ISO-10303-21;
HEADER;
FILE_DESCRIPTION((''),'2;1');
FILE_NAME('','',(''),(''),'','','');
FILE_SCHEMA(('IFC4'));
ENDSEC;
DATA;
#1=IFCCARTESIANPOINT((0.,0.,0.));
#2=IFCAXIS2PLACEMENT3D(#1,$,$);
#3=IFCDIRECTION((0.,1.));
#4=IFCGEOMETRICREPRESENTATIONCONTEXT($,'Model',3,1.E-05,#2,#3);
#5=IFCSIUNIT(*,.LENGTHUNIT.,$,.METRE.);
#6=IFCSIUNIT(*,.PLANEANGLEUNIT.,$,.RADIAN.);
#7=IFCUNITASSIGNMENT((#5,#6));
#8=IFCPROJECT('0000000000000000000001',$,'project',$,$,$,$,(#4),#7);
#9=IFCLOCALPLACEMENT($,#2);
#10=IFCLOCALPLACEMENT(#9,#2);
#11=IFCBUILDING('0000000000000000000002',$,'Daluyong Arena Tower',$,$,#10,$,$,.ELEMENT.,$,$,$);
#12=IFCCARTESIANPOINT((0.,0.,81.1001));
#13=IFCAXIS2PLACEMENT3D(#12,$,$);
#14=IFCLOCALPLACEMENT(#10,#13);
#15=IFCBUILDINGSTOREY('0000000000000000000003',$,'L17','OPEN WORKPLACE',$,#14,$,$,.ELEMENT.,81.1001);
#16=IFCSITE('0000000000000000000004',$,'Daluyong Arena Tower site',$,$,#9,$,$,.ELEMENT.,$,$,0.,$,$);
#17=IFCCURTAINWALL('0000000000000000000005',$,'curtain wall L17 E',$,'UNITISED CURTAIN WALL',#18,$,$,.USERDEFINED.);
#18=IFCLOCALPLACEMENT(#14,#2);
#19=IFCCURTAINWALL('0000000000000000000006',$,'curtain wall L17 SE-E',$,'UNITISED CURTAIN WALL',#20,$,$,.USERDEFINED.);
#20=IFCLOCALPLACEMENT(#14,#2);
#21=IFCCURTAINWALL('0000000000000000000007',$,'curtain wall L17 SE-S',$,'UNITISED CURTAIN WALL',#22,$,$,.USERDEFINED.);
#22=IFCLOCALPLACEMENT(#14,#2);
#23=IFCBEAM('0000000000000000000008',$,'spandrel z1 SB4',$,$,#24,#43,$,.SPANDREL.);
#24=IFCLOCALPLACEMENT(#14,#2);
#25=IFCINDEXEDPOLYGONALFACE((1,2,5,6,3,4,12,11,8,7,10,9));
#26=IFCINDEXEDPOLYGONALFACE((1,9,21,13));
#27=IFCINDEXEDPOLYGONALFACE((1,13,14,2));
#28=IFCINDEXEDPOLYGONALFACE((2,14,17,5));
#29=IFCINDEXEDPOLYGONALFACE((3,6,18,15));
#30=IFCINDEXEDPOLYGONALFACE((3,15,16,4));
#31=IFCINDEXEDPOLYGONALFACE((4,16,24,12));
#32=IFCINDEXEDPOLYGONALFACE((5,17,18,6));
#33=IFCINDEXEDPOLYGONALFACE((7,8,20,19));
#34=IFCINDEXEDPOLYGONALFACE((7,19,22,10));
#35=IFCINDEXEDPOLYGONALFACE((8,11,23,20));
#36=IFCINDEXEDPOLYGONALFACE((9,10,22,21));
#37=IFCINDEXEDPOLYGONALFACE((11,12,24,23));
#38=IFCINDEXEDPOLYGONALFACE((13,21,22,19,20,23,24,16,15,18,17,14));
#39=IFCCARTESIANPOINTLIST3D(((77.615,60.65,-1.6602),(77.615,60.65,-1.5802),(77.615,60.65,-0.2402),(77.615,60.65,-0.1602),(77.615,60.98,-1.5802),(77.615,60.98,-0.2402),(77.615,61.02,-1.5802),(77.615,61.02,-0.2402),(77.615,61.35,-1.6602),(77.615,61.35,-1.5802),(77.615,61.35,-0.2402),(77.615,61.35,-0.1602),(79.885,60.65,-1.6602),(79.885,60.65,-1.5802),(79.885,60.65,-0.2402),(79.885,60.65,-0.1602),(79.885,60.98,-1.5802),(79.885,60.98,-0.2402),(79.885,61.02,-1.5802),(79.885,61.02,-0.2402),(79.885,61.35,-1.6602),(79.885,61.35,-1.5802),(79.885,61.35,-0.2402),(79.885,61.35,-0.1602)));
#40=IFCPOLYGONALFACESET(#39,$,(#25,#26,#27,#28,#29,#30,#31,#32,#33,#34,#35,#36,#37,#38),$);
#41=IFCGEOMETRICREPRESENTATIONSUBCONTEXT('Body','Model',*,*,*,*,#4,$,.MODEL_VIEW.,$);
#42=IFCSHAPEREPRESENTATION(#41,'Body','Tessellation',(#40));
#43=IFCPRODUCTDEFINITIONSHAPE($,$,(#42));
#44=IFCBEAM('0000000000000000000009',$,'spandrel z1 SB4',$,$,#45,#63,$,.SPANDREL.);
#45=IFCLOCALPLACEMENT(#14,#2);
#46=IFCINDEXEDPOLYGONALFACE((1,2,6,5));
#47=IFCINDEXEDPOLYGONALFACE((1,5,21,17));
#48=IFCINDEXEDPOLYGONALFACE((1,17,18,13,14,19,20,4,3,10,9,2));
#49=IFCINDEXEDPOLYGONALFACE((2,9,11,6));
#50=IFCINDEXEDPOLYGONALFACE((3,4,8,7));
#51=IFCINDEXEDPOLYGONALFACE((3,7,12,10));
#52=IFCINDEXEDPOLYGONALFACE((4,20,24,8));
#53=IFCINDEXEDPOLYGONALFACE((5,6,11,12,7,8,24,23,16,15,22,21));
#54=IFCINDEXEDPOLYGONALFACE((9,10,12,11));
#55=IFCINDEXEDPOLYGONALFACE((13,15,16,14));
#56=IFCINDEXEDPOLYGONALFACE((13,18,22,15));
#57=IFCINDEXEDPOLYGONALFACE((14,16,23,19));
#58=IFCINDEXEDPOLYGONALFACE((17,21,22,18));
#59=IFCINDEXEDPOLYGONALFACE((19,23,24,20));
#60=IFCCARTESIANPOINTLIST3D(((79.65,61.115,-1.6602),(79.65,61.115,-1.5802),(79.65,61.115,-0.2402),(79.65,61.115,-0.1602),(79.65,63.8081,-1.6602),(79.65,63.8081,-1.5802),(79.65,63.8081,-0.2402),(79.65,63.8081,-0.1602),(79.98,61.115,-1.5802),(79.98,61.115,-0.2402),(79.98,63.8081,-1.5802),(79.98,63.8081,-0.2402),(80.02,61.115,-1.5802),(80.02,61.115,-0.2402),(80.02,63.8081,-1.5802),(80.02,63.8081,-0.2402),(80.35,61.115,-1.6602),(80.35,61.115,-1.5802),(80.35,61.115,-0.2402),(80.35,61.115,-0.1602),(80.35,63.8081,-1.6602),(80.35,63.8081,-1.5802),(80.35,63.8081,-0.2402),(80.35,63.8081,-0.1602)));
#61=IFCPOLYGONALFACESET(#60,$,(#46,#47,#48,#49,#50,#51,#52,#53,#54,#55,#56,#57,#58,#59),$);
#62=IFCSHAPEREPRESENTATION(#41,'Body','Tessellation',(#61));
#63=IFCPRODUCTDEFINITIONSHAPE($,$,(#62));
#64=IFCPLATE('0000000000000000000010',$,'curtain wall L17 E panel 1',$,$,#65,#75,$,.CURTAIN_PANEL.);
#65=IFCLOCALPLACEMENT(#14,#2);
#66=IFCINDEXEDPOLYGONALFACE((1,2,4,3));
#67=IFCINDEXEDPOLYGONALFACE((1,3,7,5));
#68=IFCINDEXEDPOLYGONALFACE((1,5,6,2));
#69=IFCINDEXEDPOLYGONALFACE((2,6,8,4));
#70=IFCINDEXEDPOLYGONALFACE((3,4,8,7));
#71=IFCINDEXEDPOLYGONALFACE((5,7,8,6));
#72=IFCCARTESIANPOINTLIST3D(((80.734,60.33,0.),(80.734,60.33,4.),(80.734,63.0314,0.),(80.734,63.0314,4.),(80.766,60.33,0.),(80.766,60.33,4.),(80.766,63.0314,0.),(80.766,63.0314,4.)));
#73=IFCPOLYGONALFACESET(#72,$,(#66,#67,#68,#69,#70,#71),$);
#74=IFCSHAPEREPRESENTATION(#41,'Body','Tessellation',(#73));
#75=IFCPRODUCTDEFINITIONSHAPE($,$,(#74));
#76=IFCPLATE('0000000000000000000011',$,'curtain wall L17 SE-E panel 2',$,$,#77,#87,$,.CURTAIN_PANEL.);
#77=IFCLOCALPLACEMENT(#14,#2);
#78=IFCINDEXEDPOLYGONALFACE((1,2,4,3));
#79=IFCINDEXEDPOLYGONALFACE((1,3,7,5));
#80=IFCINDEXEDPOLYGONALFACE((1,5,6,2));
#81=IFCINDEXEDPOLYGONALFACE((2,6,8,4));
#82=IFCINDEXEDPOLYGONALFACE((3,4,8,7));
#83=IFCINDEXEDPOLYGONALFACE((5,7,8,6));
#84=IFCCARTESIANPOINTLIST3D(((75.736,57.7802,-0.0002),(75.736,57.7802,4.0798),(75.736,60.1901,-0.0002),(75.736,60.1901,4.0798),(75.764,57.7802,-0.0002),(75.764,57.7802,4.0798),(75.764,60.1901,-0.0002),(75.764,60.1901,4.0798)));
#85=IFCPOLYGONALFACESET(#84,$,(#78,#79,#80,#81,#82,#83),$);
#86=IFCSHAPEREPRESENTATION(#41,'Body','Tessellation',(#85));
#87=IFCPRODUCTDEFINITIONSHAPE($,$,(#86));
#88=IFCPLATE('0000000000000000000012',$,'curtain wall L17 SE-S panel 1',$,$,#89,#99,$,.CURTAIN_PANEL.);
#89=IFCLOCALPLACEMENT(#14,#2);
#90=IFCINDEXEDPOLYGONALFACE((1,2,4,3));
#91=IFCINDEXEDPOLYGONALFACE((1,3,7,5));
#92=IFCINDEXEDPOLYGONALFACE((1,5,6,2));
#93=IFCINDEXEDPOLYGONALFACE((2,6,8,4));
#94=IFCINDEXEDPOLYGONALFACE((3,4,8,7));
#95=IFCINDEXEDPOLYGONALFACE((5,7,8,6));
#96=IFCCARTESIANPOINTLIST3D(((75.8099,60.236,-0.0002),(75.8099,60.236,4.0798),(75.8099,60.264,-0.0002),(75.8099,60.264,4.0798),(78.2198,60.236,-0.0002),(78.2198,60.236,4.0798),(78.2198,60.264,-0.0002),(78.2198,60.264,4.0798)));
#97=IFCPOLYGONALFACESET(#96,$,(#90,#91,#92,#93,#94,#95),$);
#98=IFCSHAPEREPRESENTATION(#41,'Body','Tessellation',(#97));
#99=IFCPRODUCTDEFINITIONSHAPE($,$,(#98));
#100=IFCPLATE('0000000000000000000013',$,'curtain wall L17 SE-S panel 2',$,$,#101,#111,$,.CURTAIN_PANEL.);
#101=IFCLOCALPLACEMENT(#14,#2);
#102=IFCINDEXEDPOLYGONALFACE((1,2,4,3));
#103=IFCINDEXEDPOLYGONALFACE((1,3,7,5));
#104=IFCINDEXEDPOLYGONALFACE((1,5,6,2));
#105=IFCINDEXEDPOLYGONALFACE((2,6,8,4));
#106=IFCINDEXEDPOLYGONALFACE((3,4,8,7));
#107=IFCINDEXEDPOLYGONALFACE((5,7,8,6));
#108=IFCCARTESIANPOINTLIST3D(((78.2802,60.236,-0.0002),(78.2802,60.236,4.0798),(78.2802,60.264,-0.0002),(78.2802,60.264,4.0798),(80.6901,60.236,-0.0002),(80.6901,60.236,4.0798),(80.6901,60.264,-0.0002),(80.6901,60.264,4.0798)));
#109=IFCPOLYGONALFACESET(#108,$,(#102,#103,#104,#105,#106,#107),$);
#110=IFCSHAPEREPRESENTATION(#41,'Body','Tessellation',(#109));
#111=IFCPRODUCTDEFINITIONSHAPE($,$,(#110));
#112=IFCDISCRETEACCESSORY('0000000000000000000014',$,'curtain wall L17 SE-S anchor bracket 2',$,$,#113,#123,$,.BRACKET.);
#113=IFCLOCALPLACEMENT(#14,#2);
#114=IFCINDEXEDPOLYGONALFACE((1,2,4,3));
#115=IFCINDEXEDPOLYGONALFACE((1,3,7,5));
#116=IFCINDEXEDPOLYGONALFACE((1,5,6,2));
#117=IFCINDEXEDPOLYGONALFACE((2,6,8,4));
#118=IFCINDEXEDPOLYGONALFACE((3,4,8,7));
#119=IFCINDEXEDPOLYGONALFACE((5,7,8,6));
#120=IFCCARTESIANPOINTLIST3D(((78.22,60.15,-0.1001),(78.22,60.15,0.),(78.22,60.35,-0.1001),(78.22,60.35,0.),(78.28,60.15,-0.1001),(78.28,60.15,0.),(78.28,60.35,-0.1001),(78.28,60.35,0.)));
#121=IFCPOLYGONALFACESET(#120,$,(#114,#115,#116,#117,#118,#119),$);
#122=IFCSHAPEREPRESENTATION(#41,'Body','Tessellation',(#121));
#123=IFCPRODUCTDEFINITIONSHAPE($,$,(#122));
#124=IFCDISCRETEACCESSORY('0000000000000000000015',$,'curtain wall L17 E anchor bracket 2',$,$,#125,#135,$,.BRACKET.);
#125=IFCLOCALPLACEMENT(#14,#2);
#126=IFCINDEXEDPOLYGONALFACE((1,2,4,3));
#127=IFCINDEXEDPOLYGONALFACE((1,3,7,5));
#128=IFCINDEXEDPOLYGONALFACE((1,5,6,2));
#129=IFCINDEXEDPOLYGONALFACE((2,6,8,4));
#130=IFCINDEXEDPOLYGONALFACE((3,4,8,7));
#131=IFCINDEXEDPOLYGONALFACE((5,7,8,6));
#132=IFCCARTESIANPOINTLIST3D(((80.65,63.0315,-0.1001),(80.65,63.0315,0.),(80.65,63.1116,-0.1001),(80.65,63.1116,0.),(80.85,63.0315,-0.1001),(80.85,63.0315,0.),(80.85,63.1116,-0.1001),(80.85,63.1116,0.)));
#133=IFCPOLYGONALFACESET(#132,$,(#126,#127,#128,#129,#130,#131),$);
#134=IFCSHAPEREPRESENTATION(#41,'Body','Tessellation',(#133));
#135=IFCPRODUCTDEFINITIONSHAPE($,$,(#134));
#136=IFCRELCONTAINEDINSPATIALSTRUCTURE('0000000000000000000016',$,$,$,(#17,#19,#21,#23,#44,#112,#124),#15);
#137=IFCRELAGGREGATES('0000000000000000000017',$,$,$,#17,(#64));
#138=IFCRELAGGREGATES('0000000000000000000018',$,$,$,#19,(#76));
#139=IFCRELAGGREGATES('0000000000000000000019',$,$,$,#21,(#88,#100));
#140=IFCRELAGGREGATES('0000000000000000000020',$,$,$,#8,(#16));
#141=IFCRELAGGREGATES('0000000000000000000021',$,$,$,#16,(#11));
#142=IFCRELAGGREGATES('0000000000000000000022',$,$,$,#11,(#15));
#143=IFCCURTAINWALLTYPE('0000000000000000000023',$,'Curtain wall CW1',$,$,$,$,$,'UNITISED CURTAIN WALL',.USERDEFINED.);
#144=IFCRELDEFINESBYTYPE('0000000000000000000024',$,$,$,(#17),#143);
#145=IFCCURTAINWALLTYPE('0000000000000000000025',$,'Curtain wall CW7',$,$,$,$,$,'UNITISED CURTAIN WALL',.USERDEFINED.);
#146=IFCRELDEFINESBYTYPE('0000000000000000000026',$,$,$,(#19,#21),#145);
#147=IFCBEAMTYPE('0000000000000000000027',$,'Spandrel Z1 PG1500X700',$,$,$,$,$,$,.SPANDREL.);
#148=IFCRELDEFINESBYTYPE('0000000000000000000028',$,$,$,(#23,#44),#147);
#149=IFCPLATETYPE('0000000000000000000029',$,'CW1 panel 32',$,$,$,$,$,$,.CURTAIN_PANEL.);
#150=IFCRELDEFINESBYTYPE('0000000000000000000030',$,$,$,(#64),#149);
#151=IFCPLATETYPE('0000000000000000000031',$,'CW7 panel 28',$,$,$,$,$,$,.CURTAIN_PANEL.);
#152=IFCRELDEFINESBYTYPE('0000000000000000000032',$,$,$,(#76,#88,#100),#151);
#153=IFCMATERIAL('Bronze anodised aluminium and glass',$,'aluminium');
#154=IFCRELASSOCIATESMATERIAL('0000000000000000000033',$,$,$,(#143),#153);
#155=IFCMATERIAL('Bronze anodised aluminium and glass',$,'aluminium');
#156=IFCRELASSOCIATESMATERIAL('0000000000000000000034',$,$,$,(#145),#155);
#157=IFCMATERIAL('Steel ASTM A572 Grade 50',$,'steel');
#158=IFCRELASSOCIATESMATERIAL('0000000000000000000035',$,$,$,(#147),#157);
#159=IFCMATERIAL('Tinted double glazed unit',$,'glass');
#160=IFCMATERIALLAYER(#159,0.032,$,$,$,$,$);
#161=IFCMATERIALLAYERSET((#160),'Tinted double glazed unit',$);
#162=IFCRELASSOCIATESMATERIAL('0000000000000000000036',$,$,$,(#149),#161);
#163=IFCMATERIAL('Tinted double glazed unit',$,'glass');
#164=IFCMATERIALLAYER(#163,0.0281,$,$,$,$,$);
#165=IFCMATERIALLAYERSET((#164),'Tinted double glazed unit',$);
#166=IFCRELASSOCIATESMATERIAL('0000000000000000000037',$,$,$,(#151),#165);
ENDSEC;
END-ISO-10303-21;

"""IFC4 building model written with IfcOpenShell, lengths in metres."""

from ifc_helpers import new_model, si_unit, direction, frame, origin, origin_2d, place, context, subcontext, project, spatial, rectangle, i_section, extrude, material, layer, layer_set, material_profile, profile_set, type_object, element, aggregate, save


model = new_model("IFC4")

# Units and contexts
model_context = context("Model", 3, precision=1e-05, world=origin(), true_north=direction((0.0, 1.0)))
body_context = subcontext(model_context, "Body", "Model", "MODEL_VIEW")
ifc_project = project(units=[si_unit("LENGTHUNIT", "METRE"), si_unit("PLANEANGLEUNIT", "RADIAN")], contexts=[model_context])

# Site, building, storey
site_placement = place(None, origin())
site = spatial("IfcSite", under=ifc_project, at=site_placement, Name="Daluyong Arena Tower site", CompositionType="ELEMENT", RefElevation=0.0)
building_placement = place(site_placement, origin())
building = spatial("IfcBuilding", under=site, at=building_placement, Name="Daluyong Arena Tower", CompositionType="ELEMENT")
storey_placement = place(building_placement, frame((0.0, 0.0, 81.1001)))
storey = spatial("IfcBuildingStorey", under=building, at=storey_placement, Name="L17", Description="OPEN WORKPLACE", CompositionType="ELEMENT", Elevation=81.1001)

# Curtain walls
ifc_material_1 = material(Name="Bronze anodised aluminium and glass", Category="aluminium")
curtain_wall_type_1 = type_object("IfcCurtainWallType", Name="Curtain wall CW1", ElementType="UNITISED CURTAIN WALL", PredefinedType="USERDEFINED", material=ifc_material_1)
curtain_wall_1_placement = place(storey_placement, origin())
curtain_wall_1 = element("IfcCurtainWall", 1, at=curtain_wall_1_placement, inside=storey, type_object=curtain_wall_type_1, Name="curtain wall L17 E", ObjectType="UNITISED CURTAIN WALL", PredefinedType="USERDEFINED")
ifc_material_2 = material(Name="Bronze anodised aluminium and glass", Category="aluminium")
curtain_wall_type_2 = type_object("IfcCurtainWallType", Name="Curtain wall CW7", ElementType="UNITISED CURTAIN WALL", PredefinedType="USERDEFINED", material=ifc_material_2)
curtain_wall_2_placement = place(storey_placement, origin())
curtain_wall_2 = element("IfcCurtainWall", 2, at=curtain_wall_2_placement, inside=storey, type_object=curtain_wall_type_2, Name="curtain wall L17 SE-E", ObjectType="UNITISED CURTAIN WALL", PredefinedType="USERDEFINED")
curtain_wall_3_placement = place(storey_placement, origin())
curtain_wall_3 = element("IfcCurtainWall", 3, at=curtain_wall_3_placement, inside=storey, type_object=curtain_wall_type_2, Name="curtain wall L17 SE-S", ObjectType="UNITISED CURTAIN WALL", PredefinedType="USERDEFINED")

# Beams
ifc_material_3 = material(Name="Steel ASTM A572 Grade 50", Category="steel")
ifc_material_profile_1 = material_profile(ifc_material_3, i_section(OverallWidth=0.7, OverallDepth=1.5, WebThickness=0.04, FlangeThickness=0.08, at=origin_2d()))
ifc_profile_set_1 = profile_set([ifc_material_profile_1], Name="Steel ASTM A572 Grade 50")
beam_type = type_object("IfcBeamType", Name="Spandrel Z1 PG1500X700", PredefinedType="SPANDREL", material=ifc_profile_set_1)
beam_1_placement = place(storey_placement, frame((77.615, 61.0, -0.9102), z_axis=(1.0, 0.0, 0.0), x_axis=(0.0, 1.0, 0.0)))
element("IfcBeam", 4, at=beam_1_placement, inside=storey, type_object=beam_type, Name="spandrel z1 SB4", PredefinedType="SPANDREL", context=body_context, shape_type="SweptSolid", body=[
    extrude(i_section(OverallWidth=0.7, OverallDepth=1.5, WebThickness=0.04, FlangeThickness=0.08, at=origin_2d()), origin(), (0.0, 0.0, 1.0), 2.27),
])
beam_2_placement = place(storey_placement, frame((80.0, 61.115, -0.9102), z_axis=(0.0, 1.0, 0.0), x_axis=(-1.0, 0.0, 0.0)))
element("IfcBeam", 5, at=beam_2_placement, inside=storey, type_object=beam_type, Name="spandrel z1 SB4", PredefinedType="SPANDREL", context=body_context, shape_type="SweptSolid", body=[
    extrude(i_section(OverallWidth=0.7, OverallDepth=1.5, WebThickness=0.04, FlangeThickness=0.08, at=origin_2d()), origin(), (0.0, 0.0, 1.0), 2.6931),
])

# Plates
ifc_material_4 = material(Name="Tinted double glazed unit", Category="glass")
ifc_layer_1 = layer(ifc_material_4, 0.032)
ifc_layer_set_1 = layer_set([ifc_layer_1], Name="Tinted double glazed unit")
plate_type_1 = type_object("IfcPlateType", Name="CW1 panel 32", PredefinedType="CURTAIN_PANEL", material=ifc_layer_set_1)
plate_1_placement = place(storey_placement, frame((80.75, 61.6807, 0.0), z_axis=(0.0, 0.0, 1.0), x_axis=(0.0, 1.0, 0.0)))
plate_1 = element("IfcPlate", 6, at=plate_1_placement, type_object=plate_type_1, Name="curtain wall L17 E panel 1", PredefinedType="CURTAIN_PANEL", context=body_context, shape_type="SweptSolid", body=[
    extrude(rectangle(XDim=2.7014, YDim=0.032, at=origin_2d()), origin(), (0.0, 0.0, 1.0), 4.0),
])
aggregate(curtain_wall_1, [plate_1])
ifc_material_5 = material(Name="Tinted double glazed unit", Category="glass")
ifc_layer_2 = layer(ifc_material_5, 0.0281)
ifc_layer_set_2 = layer_set([ifc_layer_2], Name="Tinted double glazed unit")
plate_type_2 = type_object("IfcPlateType", Name="CW7 panel 28", PredefinedType="CURTAIN_PANEL", material=ifc_layer_set_2)
plate_2_placement = place(storey_placement, frame((75.75, 58.9851, -0.0002), z_axis=(0.0, 0.0, 1.0), x_axis=(0.0, 1.0, 0.0)))
plate_2 = element("IfcPlate", 7, at=plate_2_placement, type_object=plate_type_2, Name="curtain wall L17 SE-E panel 2", PredefinedType="CURTAIN_PANEL", context=body_context, shape_type="SweptSolid", body=[
    extrude(rectangle(XDim=2.4099, YDim=0.0281, at=origin_2d()), origin(), (0.0, 0.0, 1.0), 4.0801),
])
aggregate(curtain_wall_2, [plate_2])
plate_3_placement = place(storey_placement, frame((77.0149, 60.25, -0.0002), z_axis=(0.0, 0.0, 1.0), x_axis=(1.0, 0.0, 0.0)))
plate_3 = element("IfcPlate", 8, at=plate_3_placement, type_object=plate_type_2, Name="curtain wall L17 SE-S panel 1", PredefinedType="CURTAIN_PANEL", context=body_context, shape_type="SweptSolid", body=[
    extrude(rectangle(XDim=2.4099, YDim=0.0281, at=origin_2d()), origin(), (0.0, 0.0, 1.0), 4.0801),
])
plate_4_placement = place(storey_placement, frame((79.4851, 60.25, -0.0002), z_axis=(0.0, 0.0, 1.0), x_axis=(1.0, 0.0, 0.0)))
plate_4 = element("IfcPlate", 9, at=plate_4_placement, type_object=plate_type_2, Name="curtain wall L17 SE-S panel 2", PredefinedType="CURTAIN_PANEL", context=body_context, shape_type="SweptSolid", body=[
    extrude(rectangle(XDim=2.4099, YDim=0.0281, at=origin_2d()), origin(), (0.0, 0.0, 1.0), 4.0801),
])
aggregate(curtain_wall_3, [plate_3, plate_4])

# Discrete accessories
discrete_accessory_1_placement = place(storey_placement, frame((78.25, 60.25, -0.1001), z_axis=(0.0, 0.0, 1.0), x_axis=(1.0, 0.0, 0.0)))
element("IfcDiscreteAccessory", 10, at=discrete_accessory_1_placement, inside=storey, Name="curtain wall L17 SE-S anchor bracket 2", PredefinedType="BRACKET", context=body_context, shape_type="SweptSolid", body=[
    extrude(rectangle(XDim=0.0601, YDim=0.2, at=origin_2d()), origin(), (0.0, 0.0, 1.0), 0.1001),
])
discrete_accessory_2_placement = place(storey_placement, frame((80.75, 63.0715, -0.1001), z_axis=(0.0, 0.0, 1.0), x_axis=(0.0, 1.0, 0.0)))
element("IfcDiscreteAccessory", 11, at=discrete_accessory_2_placement, inside=storey, Name="curtain wall L17 E anchor bracket 2", PredefinedType="BRACKET", context=body_context, shape_type="SweptSolid", body=[
    extrude(rectangle(XDim=0.0801, YDim=0.2, at=origin_2d()), origin(), (0.0, 0.0, 1.0), 0.1001),
])

save(model, "model.ifc")
